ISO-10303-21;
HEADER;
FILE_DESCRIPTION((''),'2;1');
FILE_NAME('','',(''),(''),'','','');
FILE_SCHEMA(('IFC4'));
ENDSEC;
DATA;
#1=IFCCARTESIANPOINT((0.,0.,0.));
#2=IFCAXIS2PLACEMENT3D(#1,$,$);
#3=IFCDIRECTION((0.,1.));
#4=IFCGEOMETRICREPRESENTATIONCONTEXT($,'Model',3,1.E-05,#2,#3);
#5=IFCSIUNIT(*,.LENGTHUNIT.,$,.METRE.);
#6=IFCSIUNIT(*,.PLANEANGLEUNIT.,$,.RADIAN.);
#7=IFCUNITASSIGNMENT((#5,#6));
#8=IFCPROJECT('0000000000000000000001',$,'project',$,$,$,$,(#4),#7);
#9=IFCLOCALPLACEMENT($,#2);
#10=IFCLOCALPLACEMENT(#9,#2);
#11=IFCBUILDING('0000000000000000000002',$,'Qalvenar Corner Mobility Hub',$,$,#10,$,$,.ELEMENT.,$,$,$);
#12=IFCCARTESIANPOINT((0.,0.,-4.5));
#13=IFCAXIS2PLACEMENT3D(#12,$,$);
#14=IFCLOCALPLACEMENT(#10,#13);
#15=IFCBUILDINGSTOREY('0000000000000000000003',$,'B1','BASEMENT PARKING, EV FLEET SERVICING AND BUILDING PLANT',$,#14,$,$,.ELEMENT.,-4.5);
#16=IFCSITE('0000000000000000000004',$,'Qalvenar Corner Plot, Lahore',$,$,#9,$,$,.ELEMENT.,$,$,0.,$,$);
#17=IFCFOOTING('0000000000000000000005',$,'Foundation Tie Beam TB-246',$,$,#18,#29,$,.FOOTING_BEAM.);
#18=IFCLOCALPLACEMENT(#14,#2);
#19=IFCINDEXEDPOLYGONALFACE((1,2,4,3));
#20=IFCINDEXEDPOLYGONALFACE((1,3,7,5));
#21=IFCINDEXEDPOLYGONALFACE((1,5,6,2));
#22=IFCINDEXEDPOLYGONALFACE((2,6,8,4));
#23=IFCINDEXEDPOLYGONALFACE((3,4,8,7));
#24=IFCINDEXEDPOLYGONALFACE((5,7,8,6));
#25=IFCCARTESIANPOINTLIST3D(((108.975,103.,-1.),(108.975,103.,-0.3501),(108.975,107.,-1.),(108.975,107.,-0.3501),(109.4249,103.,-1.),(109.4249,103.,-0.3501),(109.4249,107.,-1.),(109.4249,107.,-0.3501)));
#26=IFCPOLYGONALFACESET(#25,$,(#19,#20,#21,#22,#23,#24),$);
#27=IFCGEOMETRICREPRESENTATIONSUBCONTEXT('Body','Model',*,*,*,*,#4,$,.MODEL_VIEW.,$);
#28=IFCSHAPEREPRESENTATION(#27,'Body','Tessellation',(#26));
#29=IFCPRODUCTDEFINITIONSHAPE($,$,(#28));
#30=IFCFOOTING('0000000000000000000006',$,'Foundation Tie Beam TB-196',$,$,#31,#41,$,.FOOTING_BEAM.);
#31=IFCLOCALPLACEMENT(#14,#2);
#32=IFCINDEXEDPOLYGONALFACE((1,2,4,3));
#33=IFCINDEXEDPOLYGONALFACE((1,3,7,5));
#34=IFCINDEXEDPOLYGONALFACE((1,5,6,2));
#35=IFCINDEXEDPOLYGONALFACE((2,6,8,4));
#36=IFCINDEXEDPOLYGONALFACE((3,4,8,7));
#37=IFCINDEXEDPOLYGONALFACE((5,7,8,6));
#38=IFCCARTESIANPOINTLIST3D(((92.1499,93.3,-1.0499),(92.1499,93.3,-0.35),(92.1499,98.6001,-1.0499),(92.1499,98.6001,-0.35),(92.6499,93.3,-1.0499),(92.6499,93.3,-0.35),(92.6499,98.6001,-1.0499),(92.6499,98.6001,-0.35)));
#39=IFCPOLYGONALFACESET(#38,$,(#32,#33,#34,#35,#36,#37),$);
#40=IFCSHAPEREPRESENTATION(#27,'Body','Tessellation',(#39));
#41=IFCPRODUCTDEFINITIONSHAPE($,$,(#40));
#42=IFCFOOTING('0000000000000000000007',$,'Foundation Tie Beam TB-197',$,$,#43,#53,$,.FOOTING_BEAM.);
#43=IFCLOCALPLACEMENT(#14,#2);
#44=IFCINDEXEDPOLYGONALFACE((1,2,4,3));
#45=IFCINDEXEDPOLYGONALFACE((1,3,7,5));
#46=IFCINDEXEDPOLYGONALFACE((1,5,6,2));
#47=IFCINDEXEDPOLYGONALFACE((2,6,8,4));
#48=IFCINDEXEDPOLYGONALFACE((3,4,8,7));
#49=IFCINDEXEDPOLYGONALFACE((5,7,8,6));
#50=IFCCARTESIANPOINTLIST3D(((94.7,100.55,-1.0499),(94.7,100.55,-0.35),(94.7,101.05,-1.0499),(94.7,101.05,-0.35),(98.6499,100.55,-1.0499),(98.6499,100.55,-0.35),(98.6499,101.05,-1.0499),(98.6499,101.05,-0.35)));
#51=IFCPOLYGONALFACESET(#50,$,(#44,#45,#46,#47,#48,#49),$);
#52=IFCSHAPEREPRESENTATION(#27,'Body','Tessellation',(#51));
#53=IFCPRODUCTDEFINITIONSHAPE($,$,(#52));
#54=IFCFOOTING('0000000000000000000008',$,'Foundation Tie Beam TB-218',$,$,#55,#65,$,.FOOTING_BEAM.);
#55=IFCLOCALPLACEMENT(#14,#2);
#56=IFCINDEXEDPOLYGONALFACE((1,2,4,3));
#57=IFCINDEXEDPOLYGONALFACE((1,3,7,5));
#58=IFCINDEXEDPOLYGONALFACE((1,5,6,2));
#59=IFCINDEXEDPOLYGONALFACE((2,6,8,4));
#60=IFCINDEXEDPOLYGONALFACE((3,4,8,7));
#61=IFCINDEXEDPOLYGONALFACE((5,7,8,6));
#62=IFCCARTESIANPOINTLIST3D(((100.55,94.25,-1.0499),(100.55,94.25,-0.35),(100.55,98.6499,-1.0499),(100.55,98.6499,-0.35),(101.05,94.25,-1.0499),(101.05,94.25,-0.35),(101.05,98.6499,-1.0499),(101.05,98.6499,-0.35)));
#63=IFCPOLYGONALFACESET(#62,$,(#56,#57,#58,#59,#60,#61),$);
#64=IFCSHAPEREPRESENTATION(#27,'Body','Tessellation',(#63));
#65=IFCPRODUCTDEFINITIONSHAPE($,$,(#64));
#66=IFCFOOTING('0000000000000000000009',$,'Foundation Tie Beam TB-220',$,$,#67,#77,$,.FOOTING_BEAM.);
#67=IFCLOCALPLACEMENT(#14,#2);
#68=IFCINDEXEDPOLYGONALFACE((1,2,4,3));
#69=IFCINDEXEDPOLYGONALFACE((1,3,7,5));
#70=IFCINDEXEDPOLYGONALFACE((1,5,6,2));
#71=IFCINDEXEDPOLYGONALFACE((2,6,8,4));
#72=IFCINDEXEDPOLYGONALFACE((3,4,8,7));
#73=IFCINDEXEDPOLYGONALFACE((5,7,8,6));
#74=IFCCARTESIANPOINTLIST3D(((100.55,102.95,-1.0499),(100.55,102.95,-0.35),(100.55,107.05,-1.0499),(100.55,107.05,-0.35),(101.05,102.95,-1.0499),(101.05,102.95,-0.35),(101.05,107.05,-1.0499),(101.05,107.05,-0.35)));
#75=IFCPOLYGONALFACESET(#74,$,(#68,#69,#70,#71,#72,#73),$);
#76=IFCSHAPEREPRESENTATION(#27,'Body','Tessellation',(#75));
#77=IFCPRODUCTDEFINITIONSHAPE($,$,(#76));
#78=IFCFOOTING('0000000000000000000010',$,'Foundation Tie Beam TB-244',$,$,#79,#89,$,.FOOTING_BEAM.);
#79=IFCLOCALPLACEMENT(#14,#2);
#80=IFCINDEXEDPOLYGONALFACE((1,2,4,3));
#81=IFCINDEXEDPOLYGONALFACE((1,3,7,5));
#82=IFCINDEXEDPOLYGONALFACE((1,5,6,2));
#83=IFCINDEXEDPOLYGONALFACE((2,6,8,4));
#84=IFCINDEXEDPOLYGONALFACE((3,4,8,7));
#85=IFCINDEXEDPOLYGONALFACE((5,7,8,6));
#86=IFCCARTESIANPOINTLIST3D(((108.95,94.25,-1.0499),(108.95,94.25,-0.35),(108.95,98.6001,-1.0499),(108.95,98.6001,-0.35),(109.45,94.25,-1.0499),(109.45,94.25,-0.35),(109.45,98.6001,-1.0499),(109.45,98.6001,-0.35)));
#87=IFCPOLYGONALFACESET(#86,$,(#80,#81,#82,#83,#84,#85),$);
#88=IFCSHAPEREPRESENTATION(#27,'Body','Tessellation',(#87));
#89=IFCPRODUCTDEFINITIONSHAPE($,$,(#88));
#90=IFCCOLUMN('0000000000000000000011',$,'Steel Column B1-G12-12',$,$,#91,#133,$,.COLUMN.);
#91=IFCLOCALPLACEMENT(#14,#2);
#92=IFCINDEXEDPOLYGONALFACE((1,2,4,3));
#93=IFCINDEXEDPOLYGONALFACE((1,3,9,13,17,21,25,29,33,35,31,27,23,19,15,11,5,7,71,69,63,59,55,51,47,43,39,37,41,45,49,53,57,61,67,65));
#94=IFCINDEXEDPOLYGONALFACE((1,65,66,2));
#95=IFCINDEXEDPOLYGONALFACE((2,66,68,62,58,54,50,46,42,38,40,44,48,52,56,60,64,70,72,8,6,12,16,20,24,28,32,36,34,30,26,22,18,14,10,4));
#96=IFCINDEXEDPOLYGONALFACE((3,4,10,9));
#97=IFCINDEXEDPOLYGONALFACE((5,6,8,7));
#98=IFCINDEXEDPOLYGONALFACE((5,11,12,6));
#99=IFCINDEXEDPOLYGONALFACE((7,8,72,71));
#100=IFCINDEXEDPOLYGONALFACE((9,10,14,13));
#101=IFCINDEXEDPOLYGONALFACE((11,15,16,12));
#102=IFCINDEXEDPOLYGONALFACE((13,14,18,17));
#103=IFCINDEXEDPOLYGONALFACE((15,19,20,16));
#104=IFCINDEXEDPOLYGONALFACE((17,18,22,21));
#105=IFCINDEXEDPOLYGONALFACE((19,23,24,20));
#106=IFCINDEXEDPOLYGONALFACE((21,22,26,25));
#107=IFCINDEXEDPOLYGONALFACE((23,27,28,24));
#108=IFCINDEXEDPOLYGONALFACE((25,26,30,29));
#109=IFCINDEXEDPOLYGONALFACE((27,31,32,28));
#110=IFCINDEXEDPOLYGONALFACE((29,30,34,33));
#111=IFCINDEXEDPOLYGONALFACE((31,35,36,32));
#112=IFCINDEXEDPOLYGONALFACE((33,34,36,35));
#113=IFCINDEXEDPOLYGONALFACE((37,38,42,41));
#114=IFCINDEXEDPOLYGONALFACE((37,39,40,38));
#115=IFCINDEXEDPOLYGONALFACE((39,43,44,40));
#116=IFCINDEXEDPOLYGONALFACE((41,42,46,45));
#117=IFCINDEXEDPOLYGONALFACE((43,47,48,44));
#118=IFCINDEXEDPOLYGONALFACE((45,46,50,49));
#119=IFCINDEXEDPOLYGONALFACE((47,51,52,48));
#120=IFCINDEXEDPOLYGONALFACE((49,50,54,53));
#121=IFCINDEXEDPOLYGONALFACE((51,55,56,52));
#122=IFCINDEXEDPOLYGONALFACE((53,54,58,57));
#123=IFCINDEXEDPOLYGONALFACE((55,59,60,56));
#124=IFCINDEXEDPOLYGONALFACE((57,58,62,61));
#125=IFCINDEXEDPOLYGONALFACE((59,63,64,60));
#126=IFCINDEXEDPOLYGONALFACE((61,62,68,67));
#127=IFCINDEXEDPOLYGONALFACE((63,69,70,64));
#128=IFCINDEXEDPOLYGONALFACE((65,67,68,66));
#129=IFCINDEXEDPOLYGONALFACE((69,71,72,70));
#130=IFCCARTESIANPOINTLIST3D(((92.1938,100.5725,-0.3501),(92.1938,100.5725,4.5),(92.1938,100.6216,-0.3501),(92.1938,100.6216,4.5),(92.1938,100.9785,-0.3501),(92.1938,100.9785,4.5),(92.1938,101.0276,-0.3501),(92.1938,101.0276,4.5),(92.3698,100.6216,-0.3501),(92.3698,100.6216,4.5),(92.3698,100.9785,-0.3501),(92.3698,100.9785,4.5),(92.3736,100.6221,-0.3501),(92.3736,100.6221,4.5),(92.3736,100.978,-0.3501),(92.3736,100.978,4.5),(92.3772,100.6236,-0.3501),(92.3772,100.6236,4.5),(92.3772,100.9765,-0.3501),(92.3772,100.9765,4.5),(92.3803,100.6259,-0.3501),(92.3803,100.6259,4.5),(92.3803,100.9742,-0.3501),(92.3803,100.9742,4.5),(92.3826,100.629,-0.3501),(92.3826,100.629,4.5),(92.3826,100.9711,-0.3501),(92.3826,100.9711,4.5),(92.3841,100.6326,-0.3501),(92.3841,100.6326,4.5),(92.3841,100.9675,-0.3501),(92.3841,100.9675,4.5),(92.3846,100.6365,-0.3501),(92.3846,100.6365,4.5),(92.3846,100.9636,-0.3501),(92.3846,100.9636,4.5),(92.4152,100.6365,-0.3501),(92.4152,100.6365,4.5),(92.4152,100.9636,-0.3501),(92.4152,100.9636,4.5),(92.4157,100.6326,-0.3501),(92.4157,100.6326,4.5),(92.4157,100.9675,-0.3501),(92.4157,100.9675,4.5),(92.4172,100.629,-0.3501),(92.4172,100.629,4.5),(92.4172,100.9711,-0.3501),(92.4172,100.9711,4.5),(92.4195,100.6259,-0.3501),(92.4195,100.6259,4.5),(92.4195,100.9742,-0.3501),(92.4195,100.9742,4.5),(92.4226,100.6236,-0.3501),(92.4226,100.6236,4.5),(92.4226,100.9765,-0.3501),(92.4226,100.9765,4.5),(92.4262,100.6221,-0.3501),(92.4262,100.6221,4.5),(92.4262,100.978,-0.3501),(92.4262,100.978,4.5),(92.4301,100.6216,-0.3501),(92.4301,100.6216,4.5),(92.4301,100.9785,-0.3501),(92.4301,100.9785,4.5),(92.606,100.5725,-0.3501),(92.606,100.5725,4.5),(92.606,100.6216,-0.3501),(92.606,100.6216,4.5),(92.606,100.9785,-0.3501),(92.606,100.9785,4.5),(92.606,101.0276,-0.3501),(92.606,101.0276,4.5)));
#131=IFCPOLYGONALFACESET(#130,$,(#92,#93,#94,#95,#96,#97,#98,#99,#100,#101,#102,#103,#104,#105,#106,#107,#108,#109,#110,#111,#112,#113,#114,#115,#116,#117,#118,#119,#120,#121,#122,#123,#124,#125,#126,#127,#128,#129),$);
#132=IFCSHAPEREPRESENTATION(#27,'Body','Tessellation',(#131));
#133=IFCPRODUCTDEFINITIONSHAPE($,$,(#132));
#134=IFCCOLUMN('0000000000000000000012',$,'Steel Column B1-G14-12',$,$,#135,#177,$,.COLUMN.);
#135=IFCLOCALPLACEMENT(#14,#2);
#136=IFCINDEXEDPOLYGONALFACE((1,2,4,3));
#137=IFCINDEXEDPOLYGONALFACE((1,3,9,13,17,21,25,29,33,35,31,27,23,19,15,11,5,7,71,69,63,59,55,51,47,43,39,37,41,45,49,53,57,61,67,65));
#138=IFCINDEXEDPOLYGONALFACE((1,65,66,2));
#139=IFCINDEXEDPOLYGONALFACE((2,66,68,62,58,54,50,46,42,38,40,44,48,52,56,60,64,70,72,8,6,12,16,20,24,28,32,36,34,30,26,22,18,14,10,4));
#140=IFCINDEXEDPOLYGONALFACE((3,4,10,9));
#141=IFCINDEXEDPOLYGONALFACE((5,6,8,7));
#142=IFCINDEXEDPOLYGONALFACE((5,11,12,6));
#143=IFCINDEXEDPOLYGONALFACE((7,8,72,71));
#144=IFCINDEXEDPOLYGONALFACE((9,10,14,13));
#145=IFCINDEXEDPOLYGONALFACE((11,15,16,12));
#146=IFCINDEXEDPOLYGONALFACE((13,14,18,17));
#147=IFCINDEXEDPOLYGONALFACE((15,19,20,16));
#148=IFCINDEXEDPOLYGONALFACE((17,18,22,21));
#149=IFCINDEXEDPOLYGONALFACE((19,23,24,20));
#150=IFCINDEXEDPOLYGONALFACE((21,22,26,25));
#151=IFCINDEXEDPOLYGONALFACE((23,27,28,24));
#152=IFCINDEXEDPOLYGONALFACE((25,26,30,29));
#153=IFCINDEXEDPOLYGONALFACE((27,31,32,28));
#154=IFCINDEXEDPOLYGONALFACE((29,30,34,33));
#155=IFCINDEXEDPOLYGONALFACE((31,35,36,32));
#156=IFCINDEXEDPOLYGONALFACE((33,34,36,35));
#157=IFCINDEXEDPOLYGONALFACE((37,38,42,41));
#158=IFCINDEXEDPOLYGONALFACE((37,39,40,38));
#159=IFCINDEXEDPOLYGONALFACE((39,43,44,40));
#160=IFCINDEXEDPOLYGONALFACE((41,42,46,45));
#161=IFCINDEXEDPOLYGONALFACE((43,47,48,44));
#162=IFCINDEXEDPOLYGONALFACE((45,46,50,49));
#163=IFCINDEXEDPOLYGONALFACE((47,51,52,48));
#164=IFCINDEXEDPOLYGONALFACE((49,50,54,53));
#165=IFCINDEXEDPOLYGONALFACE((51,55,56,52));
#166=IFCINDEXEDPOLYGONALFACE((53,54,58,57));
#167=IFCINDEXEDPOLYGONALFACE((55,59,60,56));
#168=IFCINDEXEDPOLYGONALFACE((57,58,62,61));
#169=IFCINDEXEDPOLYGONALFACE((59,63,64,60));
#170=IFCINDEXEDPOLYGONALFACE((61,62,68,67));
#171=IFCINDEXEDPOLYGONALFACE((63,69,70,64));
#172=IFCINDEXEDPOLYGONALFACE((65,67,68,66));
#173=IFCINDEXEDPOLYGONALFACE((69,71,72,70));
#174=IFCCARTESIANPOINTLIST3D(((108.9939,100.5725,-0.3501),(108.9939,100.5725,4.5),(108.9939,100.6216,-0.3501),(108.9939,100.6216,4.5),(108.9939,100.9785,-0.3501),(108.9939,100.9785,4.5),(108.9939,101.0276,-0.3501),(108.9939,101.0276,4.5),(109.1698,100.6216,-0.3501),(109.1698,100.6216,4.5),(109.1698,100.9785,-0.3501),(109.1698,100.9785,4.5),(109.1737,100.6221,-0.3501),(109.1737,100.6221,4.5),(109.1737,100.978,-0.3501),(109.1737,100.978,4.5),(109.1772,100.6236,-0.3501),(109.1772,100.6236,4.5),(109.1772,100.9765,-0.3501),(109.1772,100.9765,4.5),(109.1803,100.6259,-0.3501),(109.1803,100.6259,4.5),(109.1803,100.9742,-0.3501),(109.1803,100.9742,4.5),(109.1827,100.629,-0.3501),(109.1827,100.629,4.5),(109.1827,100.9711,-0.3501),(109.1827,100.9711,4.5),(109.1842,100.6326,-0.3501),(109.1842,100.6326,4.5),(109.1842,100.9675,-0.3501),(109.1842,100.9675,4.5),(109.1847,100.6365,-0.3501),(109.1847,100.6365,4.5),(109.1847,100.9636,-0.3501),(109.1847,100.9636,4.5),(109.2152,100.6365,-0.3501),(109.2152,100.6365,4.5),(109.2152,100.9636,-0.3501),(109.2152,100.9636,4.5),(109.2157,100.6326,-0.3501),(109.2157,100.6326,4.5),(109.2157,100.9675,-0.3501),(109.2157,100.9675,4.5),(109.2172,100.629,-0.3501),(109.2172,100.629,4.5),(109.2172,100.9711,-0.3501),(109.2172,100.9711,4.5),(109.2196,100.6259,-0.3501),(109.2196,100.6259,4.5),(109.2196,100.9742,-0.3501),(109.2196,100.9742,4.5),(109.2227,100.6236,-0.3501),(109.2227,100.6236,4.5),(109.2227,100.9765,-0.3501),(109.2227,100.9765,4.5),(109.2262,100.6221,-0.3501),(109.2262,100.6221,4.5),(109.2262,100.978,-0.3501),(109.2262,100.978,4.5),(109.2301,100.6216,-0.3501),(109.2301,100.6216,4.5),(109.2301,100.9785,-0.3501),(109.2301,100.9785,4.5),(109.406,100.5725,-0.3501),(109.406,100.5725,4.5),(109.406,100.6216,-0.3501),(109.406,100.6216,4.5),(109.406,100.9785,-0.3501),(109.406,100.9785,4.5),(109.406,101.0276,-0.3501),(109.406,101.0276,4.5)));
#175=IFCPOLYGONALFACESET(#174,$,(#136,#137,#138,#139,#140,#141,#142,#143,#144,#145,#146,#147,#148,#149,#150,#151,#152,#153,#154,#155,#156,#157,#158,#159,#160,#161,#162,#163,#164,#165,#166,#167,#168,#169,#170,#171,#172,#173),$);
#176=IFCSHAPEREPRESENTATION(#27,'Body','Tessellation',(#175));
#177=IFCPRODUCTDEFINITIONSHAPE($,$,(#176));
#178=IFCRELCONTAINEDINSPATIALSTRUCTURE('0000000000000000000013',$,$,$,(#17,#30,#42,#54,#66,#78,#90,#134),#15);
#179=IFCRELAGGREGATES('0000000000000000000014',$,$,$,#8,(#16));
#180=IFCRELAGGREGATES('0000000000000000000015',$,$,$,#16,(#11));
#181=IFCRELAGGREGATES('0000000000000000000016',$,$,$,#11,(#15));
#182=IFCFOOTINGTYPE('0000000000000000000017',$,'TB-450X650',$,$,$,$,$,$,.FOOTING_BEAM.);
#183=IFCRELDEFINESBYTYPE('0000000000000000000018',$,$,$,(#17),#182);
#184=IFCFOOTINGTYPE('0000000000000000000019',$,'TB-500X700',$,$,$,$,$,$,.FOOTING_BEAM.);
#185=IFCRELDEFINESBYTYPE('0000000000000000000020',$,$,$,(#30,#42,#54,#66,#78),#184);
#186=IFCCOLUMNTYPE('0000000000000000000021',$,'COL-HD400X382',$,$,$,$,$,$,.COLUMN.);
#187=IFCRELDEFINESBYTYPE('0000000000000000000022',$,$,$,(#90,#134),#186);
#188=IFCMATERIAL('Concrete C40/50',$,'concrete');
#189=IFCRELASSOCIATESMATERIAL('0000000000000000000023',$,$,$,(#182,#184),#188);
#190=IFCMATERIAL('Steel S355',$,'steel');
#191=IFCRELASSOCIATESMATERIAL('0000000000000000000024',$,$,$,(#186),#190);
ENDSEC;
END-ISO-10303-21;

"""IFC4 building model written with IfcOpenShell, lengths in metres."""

from ifc_helpers import new_model, si_unit, direction, frame, origin, origin_2d, place, context, subcontext, project, spatial, rectangle, i_section, extrude, material, material_profile, profile_set, type_object, element, save


model = new_model("IFC4")

# Units and contexts
model_context = context("Model", 3, precision=1e-05, world=origin(), true_north=direction((0.0, 1.0)))
body_context = subcontext(model_context, "Body", "Model", "MODEL_VIEW")
ifc_project = project(units=[si_unit("LENGTHUNIT", "METRE"), si_unit("PLANEANGLEUNIT", "RADIAN")], contexts=[model_context])

# Site, building, storey
site_placement = place(None, origin())
site = spatial("IfcSite", under=ifc_project, at=site_placement, Name="Qalvenar Corner Plot, Lahore", CompositionType="ELEMENT", RefElevation=0.0)
building_placement = place(site_placement, origin())
building = spatial("IfcBuilding", under=site, at=building_placement, Name="Qalvenar Corner Mobility Hub", CompositionType="ELEMENT")
storey_placement = place(building_placement, frame((0.0, 0.0, -4.5)))
storey = spatial("IfcBuildingStorey", under=building, at=storey_placement, Name="B1", Description="BASEMENT PARKING, EV FLEET SERVICING AND BUILDING PLANT", CompositionType="ELEMENT", Elevation=-4.5)

# Shared definitions
ifc_material_1 = material(Name="Concrete C40/50", Category="concrete")

# Footings
ifc_material_profile_1 = material_profile(ifc_material_1, rectangle(XDim=0.45, YDim=0.6499, at=origin_2d()), Name="RC450x650")
ifc_profile_set_1 = profile_set([ifc_material_profile_1], Name="Concrete C40/50")
footing_type_1 = type_object("IfcFootingType", Name="TB-450X650", PredefinedType="FOOTING_BEAM", material=ifc_profile_set_1)
footing_1_placement = place(storey_placement, frame((109.2, 103.0, -0.675), z_axis=(0.0, 1.0, 0.0), x_axis=(-1.0, 0.0, 0.0)))
element("IfcFooting", 1, at=footing_1_placement, inside=storey, type_object=footing_type_1, Name="Foundation Tie Beam TB-246", PredefinedType="FOOTING_BEAM", context=body_context, shape_type="SweptSolid", body=[
    extrude(rectangle(XDim=0.45, YDim=0.6499, at=origin_2d()), origin(), (0.0, 0.0, 1.0), 4.0),
])
ifc_material_profile_2 = material_profile(ifc_material_1, rectangle(XDim=0.5, YDim=0.7, at=origin_2d()), Name="RC500x700")
ifc_profile_set_2 = profile_set([ifc_material_profile_2], Name="Concrete C40/50")
footing_type_2 = type_object("IfcFootingType", Name="TB-500X700", PredefinedType="FOOTING_BEAM", material=ifc_profile_set_2)
footing_2_placement = place(storey_placement, frame((92.3999, 93.3, -0.7), z_axis=(0.0, 1.0, 0.0), x_axis=(-1.0, 0.0, 0.0)))
element("IfcFooting", 2, at=footing_2_placement, inside=storey, type_object=footing_type_2, Name="Foundation Tie Beam TB-196", PredefinedType="FOOTING_BEAM", context=body_context, shape_type="SweptSolid", body=[
    extrude(rectangle(XDim=0.5, YDim=0.7, at=origin_2d()), origin(), (0.0, 0.0, 1.0), 5.3),
])
footing_3_placement = place(storey_placement, frame((94.7, 100.8, -0.7), z_axis=(1.0, 0.0, 0.0), x_axis=(0.0, 1.0, 0.0)))
element("IfcFooting", 3, at=footing_3_placement, inside=storey, type_object=footing_type_2, Name="Foundation Tie Beam TB-197", PredefinedType="FOOTING_BEAM", context=body_context, shape_type="SweptSolid", body=[
    extrude(rectangle(XDim=0.5, YDim=0.7, at=origin_2d()), origin(), (0.0, 0.0, 1.0), 3.95),
])
footing_4_placement = place(storey_placement, frame((100.8, 94.25, -0.7), z_axis=(0.0, 1.0, 0.0), x_axis=(-1.0, 0.0, 0.0)))
element("IfcFooting", 4, at=footing_4_placement, inside=storey, type_object=footing_type_2, Name="Foundation Tie Beam TB-218", PredefinedType="FOOTING_BEAM", context=body_context, shape_type="SweptSolid", body=[
    extrude(rectangle(XDim=0.5, YDim=0.7, at=origin_2d()), origin(), (0.0, 0.0, 1.0), 4.3999),
])
footing_5_placement = place(storey_placement, frame((100.8, 102.95, -0.7), z_axis=(0.0, 1.0, 0.0), x_axis=(-1.0, 0.0, 0.0)))
element("IfcFooting", 5, at=footing_5_placement, inside=storey, type_object=footing_type_2, Name="Foundation Tie Beam TB-220", PredefinedType="FOOTING_BEAM", context=body_context, shape_type="SweptSolid", body=[
    extrude(rectangle(XDim=0.5, YDim=0.7, at=origin_2d()), origin(), (0.0, 0.0, 1.0), 4.1001),
])
footing_6_placement = place(storey_placement, frame((109.2, 94.25, -0.7), z_axis=(0.0, 1.0, 0.0), x_axis=(-1.0, 0.0, 0.0)))
element("IfcFooting", 6, at=footing_6_placement, inside=storey, type_object=footing_type_2, Name="Foundation Tie Beam TB-244", PredefinedType="FOOTING_BEAM", context=body_context, shape_type="SweptSolid", body=[
    extrude(rectangle(XDim=0.5, YDim=0.7, at=origin_2d()), origin(), (0.0, 0.0, 1.0), 4.3501),
])

# Columns
ifc_material_2 = material(Name="Steel S355", Category="steel")
ifc_material_profile_3 = material_profile(ifc_material_2, i_section(OverallWidth=0.4121, OverallDepth=0.4551, WebThickness=0.0305, FlangeThickness=0.0491, FilletRadius=0.0149, at=origin_2d()), Name="HD400x421")
ifc_profile_set_3 = profile_set([ifc_material_profile_3], Name="Steel S355")
column_type_1 = type_object("IfcColumnType", Name="COL-HD400X382", PredefinedType="COLUMN", material=ifc_profile_set_3)
for number, where, z_axis, x_axis, name in (
    (7, (92.3999, 100.8, -0.3501), (0.0, 0.0, 1.0), (1.0, 0.0, 0.0), "Steel Column B1-G12-12"),
    (8, (109.2, 100.8, -0.3501), (0.0, 0.0, 1.0), (1.0, 0.0, 0.0), "Steel Column B1-G14-12"),
):
    element("IfcColumn", number, at=place(storey_placement, frame(where, z_axis=z_axis, x_axis=x_axis)), inside=storey, type_object=column_type_1, Name=name, PredefinedType="COLUMN", context=body_context, shape_type="SweptSolid", body=[
        extrude(i_section(OverallWidth=0.4121, OverallDepth=0.4551, WebThickness=0.0305, FlangeThickness=0.0491, FilletRadius=0.0149, at=origin_2d()), origin(), (0.0, 0.0, 1.0), 4.8501),
    ])

save(model, "model.ifc")
